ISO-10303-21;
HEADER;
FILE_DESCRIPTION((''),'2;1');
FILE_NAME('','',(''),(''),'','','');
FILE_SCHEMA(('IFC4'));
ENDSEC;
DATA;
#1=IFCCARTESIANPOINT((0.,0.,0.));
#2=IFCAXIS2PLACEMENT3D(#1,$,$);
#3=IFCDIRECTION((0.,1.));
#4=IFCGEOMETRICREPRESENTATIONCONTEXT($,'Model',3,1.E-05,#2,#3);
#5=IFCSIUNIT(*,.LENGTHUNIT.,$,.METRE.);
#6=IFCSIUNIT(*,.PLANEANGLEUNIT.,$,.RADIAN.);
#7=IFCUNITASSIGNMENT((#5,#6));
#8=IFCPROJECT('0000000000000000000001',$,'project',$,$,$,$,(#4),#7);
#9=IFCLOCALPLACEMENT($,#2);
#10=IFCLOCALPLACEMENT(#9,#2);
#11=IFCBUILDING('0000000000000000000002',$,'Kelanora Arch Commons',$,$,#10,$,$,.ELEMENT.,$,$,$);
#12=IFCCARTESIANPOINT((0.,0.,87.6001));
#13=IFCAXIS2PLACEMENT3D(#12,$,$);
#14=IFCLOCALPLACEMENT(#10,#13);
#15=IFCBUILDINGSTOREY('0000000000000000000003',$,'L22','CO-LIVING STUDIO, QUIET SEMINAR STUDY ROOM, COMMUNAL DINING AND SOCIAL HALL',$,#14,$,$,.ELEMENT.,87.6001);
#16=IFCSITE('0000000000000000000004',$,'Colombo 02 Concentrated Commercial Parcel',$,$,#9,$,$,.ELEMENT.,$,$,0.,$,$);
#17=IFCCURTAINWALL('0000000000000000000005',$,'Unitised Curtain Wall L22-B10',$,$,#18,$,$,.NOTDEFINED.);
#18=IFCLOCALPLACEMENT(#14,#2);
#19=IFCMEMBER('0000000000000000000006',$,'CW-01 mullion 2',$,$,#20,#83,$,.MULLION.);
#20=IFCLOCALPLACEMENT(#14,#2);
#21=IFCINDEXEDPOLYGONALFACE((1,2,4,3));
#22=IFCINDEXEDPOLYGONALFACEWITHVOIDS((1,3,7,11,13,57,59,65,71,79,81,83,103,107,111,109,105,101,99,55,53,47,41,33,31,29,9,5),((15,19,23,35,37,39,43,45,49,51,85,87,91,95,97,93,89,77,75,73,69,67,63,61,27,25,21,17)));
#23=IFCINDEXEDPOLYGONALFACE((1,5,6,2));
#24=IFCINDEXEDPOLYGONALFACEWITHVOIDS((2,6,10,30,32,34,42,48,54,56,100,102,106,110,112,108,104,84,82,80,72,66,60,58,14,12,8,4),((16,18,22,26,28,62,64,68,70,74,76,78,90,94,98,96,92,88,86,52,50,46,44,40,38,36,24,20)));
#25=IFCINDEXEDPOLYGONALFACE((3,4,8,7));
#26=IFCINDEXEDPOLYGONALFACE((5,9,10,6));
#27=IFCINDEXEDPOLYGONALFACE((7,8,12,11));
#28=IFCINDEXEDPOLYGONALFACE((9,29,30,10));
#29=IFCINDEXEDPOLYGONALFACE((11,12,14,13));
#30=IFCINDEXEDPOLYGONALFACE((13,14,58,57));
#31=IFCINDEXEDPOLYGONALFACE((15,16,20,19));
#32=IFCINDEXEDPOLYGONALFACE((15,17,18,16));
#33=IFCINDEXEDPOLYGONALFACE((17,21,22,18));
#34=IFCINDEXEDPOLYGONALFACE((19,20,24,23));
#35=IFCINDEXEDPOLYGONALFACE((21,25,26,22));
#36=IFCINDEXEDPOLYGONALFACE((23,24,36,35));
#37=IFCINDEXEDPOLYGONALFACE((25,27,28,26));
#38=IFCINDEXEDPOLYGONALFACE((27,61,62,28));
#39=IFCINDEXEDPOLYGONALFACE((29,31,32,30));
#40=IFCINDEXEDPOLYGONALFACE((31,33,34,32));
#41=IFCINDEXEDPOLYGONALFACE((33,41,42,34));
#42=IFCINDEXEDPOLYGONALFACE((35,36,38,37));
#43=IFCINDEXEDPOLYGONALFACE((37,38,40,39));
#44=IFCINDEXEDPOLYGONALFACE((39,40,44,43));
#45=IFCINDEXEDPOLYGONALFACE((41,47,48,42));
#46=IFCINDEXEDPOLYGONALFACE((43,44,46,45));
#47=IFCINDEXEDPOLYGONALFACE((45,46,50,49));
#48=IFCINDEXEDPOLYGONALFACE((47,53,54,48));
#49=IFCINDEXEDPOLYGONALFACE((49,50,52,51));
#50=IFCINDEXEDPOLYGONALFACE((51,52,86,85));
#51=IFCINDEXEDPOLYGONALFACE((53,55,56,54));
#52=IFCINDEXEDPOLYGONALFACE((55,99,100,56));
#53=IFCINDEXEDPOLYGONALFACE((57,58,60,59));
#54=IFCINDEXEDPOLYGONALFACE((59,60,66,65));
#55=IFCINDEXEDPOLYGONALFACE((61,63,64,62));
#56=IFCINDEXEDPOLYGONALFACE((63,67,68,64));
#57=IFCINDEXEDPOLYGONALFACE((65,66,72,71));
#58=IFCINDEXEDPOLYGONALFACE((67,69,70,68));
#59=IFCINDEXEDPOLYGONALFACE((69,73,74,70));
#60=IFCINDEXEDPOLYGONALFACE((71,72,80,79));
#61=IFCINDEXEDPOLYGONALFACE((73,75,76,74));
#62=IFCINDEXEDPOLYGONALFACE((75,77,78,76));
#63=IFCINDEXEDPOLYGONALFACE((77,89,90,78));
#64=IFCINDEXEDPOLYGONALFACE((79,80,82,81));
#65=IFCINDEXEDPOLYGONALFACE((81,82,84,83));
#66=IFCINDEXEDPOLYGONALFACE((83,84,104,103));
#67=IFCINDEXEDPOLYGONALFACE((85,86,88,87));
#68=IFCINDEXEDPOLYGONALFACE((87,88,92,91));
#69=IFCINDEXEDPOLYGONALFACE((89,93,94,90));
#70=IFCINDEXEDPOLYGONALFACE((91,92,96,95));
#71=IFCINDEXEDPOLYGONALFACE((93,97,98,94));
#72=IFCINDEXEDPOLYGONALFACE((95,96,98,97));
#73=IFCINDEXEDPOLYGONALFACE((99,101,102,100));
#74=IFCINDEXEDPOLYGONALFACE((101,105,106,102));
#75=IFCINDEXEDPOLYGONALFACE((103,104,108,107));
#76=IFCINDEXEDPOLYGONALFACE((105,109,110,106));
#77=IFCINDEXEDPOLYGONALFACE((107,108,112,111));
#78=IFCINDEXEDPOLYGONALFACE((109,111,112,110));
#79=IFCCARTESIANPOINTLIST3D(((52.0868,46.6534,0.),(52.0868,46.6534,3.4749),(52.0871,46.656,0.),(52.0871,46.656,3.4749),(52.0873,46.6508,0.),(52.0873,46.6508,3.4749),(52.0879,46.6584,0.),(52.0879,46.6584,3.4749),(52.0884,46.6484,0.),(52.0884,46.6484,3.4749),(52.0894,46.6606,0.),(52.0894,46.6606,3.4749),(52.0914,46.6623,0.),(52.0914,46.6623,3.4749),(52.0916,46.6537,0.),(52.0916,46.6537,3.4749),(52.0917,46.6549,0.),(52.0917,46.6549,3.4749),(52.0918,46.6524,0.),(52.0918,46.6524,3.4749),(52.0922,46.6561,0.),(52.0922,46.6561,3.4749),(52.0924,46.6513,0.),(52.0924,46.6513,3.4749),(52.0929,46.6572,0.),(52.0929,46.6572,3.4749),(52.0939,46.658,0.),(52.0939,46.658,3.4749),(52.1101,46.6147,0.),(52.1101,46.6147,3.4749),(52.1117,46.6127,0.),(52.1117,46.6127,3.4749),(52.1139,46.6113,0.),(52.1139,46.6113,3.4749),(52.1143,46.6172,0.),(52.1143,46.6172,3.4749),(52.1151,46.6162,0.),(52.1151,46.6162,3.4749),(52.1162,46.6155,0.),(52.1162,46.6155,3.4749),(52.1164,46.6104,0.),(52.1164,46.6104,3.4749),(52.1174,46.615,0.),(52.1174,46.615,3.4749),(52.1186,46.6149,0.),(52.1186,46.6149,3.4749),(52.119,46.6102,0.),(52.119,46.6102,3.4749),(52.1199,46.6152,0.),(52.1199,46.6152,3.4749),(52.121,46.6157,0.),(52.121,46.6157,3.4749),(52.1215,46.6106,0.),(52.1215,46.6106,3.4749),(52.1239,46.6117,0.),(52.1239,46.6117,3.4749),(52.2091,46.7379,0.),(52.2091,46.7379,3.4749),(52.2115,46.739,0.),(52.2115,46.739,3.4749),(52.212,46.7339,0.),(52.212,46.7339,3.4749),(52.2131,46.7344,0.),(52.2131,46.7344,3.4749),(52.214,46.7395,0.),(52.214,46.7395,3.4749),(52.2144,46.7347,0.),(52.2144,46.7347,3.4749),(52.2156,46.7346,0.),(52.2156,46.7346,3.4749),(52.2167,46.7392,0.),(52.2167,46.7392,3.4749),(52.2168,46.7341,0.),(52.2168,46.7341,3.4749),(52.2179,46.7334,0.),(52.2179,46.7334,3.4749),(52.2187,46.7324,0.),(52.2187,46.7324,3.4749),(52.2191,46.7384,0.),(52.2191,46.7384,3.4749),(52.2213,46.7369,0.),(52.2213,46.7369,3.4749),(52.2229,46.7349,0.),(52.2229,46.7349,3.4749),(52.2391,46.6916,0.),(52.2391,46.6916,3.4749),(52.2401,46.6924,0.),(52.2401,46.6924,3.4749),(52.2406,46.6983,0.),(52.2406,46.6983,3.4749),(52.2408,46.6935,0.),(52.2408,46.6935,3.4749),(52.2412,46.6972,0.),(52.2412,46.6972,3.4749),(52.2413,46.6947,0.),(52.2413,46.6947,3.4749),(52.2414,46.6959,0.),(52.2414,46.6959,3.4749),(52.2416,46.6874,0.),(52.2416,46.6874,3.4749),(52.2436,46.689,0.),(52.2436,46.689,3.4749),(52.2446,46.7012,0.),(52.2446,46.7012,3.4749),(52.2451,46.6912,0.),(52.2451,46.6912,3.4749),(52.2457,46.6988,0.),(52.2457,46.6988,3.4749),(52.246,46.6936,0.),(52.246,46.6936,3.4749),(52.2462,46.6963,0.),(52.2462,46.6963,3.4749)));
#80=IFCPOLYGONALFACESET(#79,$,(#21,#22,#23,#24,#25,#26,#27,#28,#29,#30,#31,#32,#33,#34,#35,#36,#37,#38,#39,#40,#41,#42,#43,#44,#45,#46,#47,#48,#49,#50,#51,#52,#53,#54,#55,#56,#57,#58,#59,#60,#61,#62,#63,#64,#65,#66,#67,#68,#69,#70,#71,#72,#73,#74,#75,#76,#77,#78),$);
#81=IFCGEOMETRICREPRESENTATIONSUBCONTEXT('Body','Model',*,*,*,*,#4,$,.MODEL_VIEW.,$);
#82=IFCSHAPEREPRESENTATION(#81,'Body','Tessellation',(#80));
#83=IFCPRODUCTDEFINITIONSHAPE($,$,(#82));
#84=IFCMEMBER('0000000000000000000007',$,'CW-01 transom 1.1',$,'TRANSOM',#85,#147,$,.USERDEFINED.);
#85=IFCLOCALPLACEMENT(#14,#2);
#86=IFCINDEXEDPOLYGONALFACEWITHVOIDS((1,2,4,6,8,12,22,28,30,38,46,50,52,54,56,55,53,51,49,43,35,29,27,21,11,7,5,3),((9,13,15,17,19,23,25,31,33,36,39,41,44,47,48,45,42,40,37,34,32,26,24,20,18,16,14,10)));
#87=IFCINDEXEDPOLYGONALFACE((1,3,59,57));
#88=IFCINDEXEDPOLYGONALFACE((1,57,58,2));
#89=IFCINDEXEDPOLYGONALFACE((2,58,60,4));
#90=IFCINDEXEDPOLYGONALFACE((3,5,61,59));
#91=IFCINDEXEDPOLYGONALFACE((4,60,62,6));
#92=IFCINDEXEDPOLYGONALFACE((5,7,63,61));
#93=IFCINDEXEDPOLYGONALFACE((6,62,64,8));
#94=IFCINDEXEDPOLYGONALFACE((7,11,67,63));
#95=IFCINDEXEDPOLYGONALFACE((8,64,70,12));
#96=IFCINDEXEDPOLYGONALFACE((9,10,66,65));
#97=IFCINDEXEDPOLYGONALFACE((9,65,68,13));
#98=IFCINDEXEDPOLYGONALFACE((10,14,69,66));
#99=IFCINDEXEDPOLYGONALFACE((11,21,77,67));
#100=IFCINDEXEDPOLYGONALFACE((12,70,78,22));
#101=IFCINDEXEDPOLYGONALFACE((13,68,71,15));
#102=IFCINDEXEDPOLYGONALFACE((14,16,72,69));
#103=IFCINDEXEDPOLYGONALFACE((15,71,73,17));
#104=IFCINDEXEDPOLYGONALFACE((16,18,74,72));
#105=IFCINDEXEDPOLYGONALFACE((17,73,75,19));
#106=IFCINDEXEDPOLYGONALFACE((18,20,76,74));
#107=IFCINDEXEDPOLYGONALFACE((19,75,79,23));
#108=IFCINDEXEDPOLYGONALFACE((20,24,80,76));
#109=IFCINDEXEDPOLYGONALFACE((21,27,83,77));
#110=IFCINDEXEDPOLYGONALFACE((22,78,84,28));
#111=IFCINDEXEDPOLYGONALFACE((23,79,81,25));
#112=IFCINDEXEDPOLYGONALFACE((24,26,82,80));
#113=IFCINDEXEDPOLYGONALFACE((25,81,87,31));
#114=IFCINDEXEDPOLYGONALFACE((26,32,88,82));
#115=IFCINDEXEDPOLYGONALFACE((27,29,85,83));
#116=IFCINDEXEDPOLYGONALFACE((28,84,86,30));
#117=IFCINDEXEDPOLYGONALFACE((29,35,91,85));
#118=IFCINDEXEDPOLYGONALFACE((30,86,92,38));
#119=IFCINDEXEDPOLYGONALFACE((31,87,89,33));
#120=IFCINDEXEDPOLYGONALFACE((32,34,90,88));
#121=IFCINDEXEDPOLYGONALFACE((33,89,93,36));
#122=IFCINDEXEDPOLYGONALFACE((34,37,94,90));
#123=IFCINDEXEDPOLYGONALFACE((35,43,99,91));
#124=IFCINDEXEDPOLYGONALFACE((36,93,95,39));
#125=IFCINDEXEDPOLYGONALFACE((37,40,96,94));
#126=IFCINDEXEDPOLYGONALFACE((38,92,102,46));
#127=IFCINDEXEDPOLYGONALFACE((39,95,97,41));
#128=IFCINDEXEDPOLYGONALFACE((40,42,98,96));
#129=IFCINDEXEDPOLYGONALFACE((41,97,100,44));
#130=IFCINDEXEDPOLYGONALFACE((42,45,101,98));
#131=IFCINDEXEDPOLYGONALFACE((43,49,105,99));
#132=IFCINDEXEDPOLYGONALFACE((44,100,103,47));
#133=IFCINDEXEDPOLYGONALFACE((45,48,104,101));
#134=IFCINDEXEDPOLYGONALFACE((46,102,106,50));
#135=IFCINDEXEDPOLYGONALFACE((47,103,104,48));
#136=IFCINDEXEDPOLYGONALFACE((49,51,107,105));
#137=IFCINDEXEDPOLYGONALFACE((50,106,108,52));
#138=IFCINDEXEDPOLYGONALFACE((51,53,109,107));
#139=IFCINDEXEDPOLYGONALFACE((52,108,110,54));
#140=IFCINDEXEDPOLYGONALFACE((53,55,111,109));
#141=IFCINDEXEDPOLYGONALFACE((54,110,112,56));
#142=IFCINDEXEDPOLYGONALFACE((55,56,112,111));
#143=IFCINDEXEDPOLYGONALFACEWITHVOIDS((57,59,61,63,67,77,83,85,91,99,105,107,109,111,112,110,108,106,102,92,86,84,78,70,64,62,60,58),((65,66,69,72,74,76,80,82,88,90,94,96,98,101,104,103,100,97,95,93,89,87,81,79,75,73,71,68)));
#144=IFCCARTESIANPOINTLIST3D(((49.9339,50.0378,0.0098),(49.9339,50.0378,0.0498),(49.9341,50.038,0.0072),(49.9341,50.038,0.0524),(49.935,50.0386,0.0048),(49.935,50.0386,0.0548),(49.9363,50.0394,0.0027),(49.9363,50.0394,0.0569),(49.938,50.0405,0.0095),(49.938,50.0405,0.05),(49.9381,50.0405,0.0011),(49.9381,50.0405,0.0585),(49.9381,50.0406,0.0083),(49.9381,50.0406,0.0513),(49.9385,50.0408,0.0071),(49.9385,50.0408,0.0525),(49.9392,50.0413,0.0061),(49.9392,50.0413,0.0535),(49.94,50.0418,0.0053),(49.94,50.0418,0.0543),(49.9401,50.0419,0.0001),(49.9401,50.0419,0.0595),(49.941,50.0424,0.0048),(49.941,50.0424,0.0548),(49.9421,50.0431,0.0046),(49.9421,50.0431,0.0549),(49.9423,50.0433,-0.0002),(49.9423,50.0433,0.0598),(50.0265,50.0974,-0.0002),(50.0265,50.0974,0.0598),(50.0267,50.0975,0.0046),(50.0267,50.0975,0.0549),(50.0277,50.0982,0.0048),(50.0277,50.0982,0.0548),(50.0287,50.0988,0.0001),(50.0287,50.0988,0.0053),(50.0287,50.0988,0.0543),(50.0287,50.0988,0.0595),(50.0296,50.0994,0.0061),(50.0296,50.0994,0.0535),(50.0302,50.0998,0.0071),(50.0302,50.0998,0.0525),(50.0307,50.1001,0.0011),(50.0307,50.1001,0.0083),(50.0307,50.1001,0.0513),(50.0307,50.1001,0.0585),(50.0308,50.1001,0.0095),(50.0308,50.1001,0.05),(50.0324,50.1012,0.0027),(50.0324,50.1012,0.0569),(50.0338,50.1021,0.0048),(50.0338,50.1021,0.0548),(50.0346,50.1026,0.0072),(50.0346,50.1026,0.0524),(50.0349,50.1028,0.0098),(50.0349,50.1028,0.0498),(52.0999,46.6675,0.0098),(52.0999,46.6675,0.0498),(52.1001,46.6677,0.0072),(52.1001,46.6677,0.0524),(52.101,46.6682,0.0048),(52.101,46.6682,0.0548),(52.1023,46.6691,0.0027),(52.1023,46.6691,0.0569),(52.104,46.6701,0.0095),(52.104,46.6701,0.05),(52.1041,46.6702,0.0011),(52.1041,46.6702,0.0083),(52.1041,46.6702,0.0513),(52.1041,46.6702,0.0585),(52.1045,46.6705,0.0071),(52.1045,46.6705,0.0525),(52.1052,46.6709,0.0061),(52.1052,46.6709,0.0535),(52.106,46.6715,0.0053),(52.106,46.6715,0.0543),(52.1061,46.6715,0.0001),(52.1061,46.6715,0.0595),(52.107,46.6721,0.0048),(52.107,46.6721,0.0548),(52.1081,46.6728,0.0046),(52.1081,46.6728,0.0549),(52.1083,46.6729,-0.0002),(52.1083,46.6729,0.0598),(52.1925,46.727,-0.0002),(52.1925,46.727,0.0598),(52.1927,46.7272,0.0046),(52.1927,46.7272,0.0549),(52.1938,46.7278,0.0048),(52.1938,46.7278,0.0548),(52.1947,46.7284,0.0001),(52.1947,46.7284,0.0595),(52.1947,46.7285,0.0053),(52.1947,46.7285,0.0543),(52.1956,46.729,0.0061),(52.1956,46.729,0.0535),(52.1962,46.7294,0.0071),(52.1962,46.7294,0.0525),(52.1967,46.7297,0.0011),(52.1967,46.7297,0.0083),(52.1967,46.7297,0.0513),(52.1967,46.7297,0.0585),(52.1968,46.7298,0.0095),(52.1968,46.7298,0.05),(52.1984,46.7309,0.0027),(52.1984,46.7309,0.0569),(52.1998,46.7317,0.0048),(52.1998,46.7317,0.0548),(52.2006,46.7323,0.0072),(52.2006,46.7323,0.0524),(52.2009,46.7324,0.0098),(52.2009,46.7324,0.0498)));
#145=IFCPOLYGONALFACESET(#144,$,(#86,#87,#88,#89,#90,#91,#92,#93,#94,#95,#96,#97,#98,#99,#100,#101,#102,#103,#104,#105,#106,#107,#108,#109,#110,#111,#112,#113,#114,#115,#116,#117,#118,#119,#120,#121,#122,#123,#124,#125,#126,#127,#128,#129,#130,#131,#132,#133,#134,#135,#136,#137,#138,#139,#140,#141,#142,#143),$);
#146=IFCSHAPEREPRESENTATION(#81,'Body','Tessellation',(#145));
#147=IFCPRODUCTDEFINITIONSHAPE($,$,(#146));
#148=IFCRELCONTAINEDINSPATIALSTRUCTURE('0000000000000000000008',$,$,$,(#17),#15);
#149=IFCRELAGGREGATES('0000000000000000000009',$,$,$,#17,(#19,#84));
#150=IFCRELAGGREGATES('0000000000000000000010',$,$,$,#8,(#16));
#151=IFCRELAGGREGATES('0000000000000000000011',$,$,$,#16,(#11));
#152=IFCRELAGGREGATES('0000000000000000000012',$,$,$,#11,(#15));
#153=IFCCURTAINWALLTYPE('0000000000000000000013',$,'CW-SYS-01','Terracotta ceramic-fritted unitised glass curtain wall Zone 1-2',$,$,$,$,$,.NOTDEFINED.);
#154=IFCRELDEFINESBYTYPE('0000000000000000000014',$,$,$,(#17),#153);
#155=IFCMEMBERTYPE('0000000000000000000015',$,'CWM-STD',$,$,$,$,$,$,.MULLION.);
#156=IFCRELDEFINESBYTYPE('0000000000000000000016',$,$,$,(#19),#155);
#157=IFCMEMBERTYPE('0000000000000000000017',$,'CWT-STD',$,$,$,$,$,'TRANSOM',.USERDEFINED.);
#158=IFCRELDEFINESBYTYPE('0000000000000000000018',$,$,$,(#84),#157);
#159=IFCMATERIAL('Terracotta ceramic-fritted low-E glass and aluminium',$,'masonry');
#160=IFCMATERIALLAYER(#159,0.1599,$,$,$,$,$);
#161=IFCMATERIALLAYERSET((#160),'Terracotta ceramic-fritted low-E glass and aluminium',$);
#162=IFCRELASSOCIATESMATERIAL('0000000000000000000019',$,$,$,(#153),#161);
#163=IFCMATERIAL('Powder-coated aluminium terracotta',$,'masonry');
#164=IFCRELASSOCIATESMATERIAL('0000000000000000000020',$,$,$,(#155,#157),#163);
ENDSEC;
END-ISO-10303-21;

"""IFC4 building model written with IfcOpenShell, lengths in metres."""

from ifc_helpers import new_model, si_unit, direction, frame, origin, origin_2d, place, context, subcontext, project, spatial, hollow_rectangle, extrude, material, layer, layer_set, material_profile, profile_set, type_object, element, aggregate, save


model = new_model("IFC4")

# Units and contexts
model_context = context("Model", 3, precision=1e-05, world=origin(), true_north=direction((0.0, 1.0)))
body_context = subcontext(model_context, "Body", "Model", "MODEL_VIEW")
ifc_project = project(units=[si_unit("LENGTHUNIT", "METRE"), si_unit("PLANEANGLEUNIT", "RADIAN")], contexts=[model_context])

# Site, building, storey
site_placement = place(None, origin())
site = spatial("IfcSite", under=ifc_project, at=site_placement, Name="Colombo 02 Concentrated Commercial Parcel", CompositionType="ELEMENT", RefElevation=0.0)
building_placement = place(site_placement, origin())
building = spatial("IfcBuilding", under=site, at=building_placement, Name="Kelanora Arch Commons", CompositionType="ELEMENT")
storey_placement = place(building_placement, frame((0.0, 0.0, 87.6001)))
storey = spatial("IfcBuildingStorey", under=building, at=storey_placement, Name="L22", Description="CO-LIVING STUDIO, QUIET SEMINAR STUDY ROOM, COMMUNAL DINING AND SOCIAL HALL", CompositionType="ELEMENT", Elevation=87.6001)

# Shared definitions
ifc_material_1 = material(Name="Terracotta ceramic-fritted low-E glass and aluminium", Category="masonry")
ifc_layer_1 = layer(ifc_material_1, 0.1599)
ifc_layer_set_1 = layer_set([ifc_layer_1], Name="Terracotta ceramic-fritted low-E glass and aluminium")
curtain_wall_type = type_object("IfcCurtainWallType", Name="CW-SYS-01", Description="Terracotta ceramic-fritted unitised glass curtain wall Zone 1-2", PredefinedType="NOTDEFINED", material=ifc_layer_set_1)
ifc_material_2 = material(Name="Powder-coated aluminium terracotta", Category="masonry")
ifc_material_profile_1 = material_profile(ifc_material_2, hollow_rectangle(XDim=0.1599, YDim=0.0601, WallThickness=0.0049, InnerFilletRadius=0.0049, OuterFilletRadius=0.01, at=origin_2d()), Name="CWM160x60")
ifc_profile_set_1 = profile_set([ifc_material_profile_1], Name="Powder-coated aluminium terracotta")
member_type_1 = type_object("IfcMemberType", Name="CWM-STD", PredefinedType="MULLION", material=ifc_profile_set_1)

# Curtain wall, members
curtain_wall_1_placement = place(storey_placement, origin())
curtain_wall_1 = element("IfcCurtainWall", 1, at=curtain_wall_1_placement, inside=storey, type_object=curtain_wall_type, Name="Unitised Curtain Wall L22-B10", PredefinedType="NOTDEFINED")
member_1_placement = place(storey_placement, frame((52.1665, 46.6748, 0.0), z_axis=(0.0, 0.0, 1.0), x_axis=(0.841269, 0.540617, 0.0)))
member_1 = element("IfcMember", 2, at=member_1_placement, type_object=member_type_1, Name="CW-01 mullion 2", PredefinedType="MULLION", context=body_context, shape_type="SweptSolid", body=[
    extrude(hollow_rectangle(XDim=0.1599, YDim=0.0601, WallThickness=0.0049, InnerFilletRadius=0.0049, OuterFilletRadius=0.01, at=origin_2d()), origin(), (0.0, 0.0, 1.0), 3.4749),
])
ifc_material_profile_2 = material_profile(ifc_material_2, hollow_rectangle(XDim=0.1201, YDim=0.0601, WallThickness=0.0049, InnerFilletRadius=0.0049, OuterFilletRadius=0.01, at=origin_2d()), Name="CWT120x60")
ifc_profile_set_2 = profile_set([ifc_material_profile_2], Name="Powder-coated aluminium terracotta")
member_type_2 = type_object("IfcMemberType", Name="CWT-STD", ElementType="TRANSOM", PredefinedType="USERDEFINED", material=ifc_profile_set_2)
member_2_placement = place(storey_placement, frame((49.9844, 50.0703, 0.0298), z_axis=(0.540644, -0.841252, 0.0), x_axis=(0.841252, 0.540644, 0.0)))
member_2 = element("IfcMember", 3, at=member_2_placement, type_object=member_type_2, Name="CW-01 transom 1.1", ObjectType="TRANSOM", PredefinedType="USERDEFINED", context=body_context, shape_type="SweptSolid", body=[
    extrude(hollow_rectangle(XDim=0.1201, YDim=0.0601, WallThickness=0.0049, InnerFilletRadius=0.0049, OuterFilletRadius=0.01, at=origin_2d()), origin(), (0.0, 0.0, 1.0), 4.0063),
])

aggregate(curtain_wall_1, [member_1, member_2])

save(model, "model.ifc")
